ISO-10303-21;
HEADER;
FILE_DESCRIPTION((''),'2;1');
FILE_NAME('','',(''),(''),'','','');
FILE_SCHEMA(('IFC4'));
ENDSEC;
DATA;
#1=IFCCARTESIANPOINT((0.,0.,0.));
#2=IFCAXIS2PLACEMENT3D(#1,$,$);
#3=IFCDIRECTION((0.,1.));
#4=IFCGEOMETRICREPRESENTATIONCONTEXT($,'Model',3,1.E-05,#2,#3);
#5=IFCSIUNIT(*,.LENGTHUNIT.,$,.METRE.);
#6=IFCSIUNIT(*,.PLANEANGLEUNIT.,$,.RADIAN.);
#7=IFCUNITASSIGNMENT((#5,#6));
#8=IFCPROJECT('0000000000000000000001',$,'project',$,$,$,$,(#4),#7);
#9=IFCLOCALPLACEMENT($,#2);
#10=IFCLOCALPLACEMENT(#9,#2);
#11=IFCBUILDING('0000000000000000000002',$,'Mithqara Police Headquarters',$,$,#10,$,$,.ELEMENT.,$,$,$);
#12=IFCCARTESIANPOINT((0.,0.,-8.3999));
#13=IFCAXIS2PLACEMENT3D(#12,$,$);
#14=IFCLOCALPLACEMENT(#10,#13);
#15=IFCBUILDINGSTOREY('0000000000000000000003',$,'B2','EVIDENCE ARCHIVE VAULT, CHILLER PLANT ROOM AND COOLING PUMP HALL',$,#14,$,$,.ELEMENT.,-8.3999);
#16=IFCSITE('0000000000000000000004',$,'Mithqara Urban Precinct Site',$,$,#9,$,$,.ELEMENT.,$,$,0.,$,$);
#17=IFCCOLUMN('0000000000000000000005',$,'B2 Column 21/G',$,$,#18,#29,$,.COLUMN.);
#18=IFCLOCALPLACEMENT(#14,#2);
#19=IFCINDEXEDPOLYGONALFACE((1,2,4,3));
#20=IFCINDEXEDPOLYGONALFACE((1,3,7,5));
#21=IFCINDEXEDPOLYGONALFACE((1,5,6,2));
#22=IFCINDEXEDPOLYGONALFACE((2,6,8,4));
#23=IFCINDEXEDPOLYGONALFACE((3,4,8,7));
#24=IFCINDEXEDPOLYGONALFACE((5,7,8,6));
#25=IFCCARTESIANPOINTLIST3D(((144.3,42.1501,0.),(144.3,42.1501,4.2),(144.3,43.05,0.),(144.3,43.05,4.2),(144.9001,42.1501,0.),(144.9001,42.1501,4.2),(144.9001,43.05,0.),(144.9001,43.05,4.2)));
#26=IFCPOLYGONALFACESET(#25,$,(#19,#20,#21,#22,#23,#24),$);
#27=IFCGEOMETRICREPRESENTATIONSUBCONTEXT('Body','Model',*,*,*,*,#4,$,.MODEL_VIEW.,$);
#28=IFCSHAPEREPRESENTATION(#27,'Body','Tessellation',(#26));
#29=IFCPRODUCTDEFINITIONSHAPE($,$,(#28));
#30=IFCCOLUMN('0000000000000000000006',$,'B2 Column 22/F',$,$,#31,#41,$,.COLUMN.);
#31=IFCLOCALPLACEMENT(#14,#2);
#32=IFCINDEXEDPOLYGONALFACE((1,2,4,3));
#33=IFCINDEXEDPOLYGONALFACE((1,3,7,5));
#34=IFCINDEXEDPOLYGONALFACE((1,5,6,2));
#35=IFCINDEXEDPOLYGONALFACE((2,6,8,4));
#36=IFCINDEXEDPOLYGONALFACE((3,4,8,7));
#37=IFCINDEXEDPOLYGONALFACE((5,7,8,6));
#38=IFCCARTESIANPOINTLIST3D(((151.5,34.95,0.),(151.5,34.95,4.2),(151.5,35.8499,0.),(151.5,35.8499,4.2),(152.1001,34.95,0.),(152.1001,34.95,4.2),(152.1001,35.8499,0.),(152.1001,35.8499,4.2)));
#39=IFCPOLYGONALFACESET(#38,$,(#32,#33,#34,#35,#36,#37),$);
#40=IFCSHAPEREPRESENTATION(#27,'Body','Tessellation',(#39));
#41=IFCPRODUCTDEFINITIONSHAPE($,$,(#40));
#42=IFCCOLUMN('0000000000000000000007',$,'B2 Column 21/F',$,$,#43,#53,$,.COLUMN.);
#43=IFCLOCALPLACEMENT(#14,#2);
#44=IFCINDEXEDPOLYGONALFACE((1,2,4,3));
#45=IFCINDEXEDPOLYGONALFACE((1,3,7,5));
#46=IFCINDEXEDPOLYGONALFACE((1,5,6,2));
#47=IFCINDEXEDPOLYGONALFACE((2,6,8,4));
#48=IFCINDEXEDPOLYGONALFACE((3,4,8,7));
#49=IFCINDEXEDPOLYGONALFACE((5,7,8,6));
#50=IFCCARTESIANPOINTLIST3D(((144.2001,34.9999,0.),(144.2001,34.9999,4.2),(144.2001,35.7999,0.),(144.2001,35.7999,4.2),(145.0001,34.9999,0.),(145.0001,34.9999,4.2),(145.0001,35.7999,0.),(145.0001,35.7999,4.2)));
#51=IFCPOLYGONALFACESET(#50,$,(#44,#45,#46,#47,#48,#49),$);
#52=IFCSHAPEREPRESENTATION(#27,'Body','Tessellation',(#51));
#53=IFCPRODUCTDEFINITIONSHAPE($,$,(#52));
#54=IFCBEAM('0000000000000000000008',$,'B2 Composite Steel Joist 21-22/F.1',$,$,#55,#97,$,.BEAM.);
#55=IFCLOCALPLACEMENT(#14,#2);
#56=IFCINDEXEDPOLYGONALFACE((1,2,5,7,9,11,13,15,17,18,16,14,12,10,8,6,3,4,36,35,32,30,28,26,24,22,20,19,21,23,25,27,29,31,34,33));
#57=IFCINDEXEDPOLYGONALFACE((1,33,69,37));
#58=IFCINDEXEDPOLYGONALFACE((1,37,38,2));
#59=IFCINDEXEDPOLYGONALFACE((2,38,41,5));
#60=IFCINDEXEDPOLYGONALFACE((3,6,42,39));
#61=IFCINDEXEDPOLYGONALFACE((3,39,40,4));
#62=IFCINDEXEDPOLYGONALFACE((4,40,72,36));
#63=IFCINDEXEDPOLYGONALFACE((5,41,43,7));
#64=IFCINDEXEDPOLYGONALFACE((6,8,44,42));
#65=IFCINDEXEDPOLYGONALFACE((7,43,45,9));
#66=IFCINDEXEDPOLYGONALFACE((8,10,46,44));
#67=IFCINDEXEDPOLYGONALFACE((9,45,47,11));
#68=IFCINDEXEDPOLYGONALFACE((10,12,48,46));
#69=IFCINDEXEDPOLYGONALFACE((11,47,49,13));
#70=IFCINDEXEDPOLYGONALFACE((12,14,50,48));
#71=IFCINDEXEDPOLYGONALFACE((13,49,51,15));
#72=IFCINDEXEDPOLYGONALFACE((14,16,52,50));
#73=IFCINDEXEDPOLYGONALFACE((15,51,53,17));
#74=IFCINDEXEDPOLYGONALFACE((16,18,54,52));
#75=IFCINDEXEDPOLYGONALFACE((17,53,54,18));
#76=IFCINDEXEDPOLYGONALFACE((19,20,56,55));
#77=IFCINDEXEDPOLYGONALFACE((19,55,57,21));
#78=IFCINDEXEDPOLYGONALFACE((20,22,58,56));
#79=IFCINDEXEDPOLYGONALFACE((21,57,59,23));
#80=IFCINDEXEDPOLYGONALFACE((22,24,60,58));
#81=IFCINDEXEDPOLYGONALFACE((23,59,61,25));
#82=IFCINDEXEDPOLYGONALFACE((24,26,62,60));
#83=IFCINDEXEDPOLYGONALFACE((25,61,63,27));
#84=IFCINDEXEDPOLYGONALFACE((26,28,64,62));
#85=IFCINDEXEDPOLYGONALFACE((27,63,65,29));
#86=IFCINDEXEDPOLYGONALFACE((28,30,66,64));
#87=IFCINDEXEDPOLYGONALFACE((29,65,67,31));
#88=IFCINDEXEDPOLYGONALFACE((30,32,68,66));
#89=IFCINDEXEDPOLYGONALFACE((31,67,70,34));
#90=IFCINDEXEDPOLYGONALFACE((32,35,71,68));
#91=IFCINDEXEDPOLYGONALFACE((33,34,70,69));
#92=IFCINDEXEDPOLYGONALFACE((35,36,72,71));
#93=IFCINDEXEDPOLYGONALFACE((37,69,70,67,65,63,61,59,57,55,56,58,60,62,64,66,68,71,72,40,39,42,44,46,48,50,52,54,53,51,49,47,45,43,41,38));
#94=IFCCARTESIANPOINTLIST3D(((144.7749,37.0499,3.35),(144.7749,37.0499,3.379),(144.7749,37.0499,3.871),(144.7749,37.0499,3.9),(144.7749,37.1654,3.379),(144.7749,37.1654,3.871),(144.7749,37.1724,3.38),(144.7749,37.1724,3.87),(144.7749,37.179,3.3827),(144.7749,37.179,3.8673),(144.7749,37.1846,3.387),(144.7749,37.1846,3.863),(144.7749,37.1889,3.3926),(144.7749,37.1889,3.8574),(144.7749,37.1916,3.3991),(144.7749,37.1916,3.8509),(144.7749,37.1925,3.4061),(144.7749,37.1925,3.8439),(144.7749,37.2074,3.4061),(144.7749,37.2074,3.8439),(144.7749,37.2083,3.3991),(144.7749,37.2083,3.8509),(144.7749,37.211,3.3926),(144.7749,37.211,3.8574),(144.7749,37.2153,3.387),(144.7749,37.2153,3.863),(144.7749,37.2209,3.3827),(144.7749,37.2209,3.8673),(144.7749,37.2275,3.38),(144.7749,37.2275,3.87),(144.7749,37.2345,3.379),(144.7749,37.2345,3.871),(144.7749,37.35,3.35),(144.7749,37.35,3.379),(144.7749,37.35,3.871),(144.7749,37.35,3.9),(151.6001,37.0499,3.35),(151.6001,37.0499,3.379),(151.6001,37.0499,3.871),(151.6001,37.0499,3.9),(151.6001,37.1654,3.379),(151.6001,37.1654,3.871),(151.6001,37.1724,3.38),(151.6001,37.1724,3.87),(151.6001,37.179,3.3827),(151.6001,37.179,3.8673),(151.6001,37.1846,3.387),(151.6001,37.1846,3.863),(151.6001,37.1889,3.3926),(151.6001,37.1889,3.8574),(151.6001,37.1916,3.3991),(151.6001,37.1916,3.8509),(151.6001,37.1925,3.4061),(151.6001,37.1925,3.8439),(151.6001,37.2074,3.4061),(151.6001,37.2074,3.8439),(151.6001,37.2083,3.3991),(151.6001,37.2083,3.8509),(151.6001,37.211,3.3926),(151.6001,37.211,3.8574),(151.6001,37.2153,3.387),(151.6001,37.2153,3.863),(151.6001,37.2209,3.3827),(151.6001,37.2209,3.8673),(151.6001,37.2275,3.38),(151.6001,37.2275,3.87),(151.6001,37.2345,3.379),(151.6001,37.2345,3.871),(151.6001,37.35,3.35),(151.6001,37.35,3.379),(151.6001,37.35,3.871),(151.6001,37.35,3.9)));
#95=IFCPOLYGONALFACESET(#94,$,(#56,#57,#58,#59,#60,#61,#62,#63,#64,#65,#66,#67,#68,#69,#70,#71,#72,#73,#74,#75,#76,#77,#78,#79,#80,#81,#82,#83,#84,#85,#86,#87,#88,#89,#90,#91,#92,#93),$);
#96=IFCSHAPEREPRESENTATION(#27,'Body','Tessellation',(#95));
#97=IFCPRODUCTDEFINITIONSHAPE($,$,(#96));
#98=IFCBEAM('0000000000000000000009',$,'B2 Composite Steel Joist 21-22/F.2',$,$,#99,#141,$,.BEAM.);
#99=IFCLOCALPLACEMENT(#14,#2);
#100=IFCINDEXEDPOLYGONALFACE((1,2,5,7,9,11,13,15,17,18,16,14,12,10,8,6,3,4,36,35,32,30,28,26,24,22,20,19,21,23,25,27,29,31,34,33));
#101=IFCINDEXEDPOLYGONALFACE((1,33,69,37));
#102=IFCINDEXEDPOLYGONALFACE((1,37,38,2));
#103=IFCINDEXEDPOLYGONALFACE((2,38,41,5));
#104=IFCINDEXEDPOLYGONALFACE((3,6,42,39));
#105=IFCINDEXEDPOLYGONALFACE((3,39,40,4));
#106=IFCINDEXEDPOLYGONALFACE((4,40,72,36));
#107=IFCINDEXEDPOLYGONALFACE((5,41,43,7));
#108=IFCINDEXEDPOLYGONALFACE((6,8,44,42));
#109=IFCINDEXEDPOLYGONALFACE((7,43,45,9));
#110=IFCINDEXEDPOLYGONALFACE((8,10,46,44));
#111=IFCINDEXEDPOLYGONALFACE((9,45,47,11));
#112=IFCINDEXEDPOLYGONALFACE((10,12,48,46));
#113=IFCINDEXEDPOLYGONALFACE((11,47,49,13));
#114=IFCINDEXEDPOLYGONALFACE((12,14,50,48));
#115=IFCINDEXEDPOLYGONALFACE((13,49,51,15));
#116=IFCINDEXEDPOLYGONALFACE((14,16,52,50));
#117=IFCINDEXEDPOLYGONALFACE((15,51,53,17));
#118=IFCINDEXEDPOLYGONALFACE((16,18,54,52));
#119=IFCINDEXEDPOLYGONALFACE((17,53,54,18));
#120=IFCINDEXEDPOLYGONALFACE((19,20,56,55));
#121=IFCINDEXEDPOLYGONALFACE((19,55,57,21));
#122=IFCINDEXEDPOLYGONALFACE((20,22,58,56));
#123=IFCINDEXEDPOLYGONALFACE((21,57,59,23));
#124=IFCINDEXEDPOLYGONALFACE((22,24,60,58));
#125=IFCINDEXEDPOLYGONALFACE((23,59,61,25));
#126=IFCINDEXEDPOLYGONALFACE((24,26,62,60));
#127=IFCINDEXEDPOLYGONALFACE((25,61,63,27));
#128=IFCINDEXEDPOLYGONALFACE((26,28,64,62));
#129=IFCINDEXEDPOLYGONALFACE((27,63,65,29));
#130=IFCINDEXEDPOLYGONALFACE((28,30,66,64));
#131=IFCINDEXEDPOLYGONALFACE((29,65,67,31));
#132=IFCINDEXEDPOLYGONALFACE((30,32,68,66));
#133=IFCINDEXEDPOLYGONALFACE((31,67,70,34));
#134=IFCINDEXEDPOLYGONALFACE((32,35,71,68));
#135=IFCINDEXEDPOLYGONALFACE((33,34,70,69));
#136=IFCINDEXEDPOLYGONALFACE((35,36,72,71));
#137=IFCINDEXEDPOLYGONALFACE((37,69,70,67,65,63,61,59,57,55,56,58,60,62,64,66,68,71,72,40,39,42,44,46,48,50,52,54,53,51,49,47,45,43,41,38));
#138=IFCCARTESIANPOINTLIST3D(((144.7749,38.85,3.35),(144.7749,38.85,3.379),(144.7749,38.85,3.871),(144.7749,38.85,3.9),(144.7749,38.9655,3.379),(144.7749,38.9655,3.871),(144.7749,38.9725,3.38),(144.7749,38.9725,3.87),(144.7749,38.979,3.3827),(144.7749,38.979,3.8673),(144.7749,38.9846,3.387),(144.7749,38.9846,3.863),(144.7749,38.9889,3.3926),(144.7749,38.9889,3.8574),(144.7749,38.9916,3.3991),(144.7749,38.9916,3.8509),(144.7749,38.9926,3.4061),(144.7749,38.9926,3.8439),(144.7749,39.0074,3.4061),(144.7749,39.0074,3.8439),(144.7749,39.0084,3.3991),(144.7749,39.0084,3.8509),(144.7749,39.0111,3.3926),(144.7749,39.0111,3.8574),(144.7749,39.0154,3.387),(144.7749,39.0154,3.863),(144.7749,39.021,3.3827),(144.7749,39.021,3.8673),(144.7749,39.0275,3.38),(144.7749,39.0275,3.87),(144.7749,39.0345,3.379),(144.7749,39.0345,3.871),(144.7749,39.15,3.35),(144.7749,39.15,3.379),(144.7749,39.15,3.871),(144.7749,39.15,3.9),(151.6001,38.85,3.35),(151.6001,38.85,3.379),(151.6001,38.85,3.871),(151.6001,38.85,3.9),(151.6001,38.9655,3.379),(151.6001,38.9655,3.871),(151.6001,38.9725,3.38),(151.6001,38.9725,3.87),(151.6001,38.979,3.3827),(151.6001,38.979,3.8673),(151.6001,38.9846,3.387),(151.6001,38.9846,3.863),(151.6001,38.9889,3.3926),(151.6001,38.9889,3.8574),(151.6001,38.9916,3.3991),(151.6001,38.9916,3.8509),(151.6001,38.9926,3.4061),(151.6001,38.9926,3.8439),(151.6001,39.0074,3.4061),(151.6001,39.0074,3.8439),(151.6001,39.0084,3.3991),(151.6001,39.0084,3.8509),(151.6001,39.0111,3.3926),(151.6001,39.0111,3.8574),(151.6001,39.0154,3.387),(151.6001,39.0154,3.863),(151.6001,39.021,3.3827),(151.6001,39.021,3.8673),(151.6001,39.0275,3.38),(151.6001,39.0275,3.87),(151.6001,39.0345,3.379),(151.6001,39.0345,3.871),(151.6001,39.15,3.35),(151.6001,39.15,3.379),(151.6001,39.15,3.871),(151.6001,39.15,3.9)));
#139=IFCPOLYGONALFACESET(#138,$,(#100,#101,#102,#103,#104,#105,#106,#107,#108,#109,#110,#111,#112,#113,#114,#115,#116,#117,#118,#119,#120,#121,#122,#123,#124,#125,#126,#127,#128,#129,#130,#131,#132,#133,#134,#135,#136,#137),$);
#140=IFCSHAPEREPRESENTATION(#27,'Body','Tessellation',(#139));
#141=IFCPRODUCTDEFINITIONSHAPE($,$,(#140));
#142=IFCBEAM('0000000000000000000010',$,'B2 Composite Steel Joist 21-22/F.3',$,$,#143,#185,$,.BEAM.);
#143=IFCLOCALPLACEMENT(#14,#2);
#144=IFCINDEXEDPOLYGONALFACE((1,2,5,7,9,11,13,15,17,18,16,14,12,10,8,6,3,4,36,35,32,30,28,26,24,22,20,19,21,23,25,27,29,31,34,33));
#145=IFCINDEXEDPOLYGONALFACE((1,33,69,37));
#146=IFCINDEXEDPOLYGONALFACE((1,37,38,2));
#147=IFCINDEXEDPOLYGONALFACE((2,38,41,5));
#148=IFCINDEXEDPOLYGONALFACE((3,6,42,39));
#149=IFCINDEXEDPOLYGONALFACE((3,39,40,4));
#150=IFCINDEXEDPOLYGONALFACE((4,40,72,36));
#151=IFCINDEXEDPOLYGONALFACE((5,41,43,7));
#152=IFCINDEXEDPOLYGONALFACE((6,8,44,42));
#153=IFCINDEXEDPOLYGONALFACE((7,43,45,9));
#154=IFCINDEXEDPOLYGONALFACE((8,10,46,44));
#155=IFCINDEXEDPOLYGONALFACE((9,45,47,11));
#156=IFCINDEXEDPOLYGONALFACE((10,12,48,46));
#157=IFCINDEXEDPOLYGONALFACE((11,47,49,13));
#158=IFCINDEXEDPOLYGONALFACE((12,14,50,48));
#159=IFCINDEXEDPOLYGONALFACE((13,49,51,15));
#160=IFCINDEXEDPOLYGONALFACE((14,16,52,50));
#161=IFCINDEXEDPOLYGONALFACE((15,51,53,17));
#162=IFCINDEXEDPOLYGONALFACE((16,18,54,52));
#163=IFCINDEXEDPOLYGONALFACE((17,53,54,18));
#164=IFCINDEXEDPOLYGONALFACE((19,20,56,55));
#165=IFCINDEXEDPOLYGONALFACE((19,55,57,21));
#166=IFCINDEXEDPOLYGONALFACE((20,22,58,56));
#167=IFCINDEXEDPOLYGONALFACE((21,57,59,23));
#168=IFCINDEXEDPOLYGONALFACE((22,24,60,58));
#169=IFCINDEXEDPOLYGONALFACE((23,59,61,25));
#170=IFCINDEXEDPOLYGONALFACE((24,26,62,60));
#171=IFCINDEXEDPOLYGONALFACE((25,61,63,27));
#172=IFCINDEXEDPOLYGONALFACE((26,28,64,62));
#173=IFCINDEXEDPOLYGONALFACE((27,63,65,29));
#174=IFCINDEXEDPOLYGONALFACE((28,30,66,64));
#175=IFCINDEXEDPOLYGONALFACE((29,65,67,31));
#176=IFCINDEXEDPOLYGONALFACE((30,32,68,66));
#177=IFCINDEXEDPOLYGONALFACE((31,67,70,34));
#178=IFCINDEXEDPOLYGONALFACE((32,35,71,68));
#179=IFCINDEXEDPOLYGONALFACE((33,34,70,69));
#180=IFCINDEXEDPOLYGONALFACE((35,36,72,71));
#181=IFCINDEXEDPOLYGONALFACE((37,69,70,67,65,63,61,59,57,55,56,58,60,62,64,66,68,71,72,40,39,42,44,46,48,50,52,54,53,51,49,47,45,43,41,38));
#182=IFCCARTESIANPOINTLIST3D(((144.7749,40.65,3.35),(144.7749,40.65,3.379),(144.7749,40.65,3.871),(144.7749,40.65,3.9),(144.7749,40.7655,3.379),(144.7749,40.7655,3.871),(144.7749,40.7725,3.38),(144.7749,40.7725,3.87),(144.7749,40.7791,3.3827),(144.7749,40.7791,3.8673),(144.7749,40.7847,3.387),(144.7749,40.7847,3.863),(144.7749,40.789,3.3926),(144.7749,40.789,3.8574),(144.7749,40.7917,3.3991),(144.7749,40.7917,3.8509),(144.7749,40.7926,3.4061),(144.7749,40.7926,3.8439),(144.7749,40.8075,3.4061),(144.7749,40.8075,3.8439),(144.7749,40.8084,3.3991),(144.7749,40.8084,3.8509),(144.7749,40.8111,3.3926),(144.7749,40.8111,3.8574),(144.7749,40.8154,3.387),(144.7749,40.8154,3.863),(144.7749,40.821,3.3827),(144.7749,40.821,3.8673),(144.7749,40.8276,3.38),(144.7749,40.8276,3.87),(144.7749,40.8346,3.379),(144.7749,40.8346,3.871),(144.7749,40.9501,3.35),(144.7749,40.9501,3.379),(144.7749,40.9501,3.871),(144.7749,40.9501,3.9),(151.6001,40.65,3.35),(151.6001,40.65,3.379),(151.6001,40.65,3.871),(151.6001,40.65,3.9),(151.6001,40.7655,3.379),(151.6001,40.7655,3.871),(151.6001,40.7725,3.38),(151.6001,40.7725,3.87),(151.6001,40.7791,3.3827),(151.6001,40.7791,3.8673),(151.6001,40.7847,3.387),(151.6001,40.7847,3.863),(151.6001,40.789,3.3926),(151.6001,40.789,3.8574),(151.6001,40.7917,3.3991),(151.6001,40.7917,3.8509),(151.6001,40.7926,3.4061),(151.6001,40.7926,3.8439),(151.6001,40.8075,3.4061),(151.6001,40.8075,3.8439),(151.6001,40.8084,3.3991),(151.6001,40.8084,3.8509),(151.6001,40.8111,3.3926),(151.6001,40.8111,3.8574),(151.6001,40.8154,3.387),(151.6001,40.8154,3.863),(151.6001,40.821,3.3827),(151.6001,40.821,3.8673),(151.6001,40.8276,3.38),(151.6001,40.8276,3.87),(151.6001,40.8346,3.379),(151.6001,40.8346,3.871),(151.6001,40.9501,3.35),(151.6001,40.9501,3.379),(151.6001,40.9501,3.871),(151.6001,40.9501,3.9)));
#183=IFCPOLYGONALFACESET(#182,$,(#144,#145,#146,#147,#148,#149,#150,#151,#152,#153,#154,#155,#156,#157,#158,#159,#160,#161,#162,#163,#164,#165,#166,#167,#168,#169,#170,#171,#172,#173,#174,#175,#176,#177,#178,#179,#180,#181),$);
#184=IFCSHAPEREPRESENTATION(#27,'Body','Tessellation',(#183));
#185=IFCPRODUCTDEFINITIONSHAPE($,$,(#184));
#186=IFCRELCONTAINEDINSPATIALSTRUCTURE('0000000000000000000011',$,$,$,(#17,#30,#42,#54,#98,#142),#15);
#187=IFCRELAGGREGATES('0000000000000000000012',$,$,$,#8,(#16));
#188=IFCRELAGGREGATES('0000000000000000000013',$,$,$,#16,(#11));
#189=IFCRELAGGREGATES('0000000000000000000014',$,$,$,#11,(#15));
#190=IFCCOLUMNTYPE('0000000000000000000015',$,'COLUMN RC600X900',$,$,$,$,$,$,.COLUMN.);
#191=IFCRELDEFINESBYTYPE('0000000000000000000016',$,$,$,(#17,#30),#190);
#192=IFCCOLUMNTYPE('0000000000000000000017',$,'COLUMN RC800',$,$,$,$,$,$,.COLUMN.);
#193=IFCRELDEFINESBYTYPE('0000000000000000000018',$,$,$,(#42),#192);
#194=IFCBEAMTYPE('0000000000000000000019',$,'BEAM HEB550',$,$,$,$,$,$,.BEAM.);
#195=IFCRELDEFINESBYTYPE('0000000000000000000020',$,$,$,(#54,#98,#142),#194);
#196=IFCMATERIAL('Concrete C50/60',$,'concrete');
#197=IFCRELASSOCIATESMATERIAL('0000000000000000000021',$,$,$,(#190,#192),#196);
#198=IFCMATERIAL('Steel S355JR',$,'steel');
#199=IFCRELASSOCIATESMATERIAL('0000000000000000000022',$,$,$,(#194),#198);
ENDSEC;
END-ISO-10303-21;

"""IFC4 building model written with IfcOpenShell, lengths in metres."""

from ifc_helpers import new_model, si_unit, direction, frame, origin, origin_2d, place, context, subcontext, project, spatial, rectangle, i_section, extrude, material, material_profile, profile_set, type_object, element, save


model = new_model("IFC4")

# Units and contexts
model_context = context("Model", 3, precision=1e-05, world=origin(), true_north=direction((0.0, 1.0)))
body_context = subcontext(model_context, "Body", "Model", "MODEL_VIEW")
ifc_project = project(units=[si_unit("LENGTHUNIT", "METRE"), si_unit("PLANEANGLEUNIT", "RADIAN")], contexts=[model_context])

# Site, building, storey
site_placement = place(None, origin())
site = spatial("IfcSite", under=ifc_project, at=site_placement, Name="Mithqara Urban Precinct Site", CompositionType="ELEMENT", RefElevation=0.0)
building_placement = place(site_placement, origin())
building = spatial("IfcBuilding", under=site, at=building_placement, Name="Mithqara Police Headquarters", CompositionType="ELEMENT")
storey_placement = place(building_placement, frame((0.0, 0.0, -8.3999)))
storey = spatial("IfcBuildingStorey", under=building, at=storey_placement, Name="B2", Description="EVIDENCE ARCHIVE VAULT, CHILLER PLANT ROOM AND COOLING PUMP HALL", CompositionType="ELEMENT", Elevation=-8.3999)

# Columns
ifc_material_1 = material(Name="Concrete C50/60", Category="concrete")
ifc_material_profile_1 = material_profile(ifc_material_1, rectangle(XDim=0.6001, YDim=0.8999, at=origin_2d()), Name="RC 600x900")
ifc_profile_set_1 = profile_set([ifc_material_profile_1], Name="Concrete C50/60")
column_type_1 = type_object("IfcColumnType", Name="COLUMN RC600X900", PredefinedType="COLUMN", material=ifc_profile_set_1)
for number, where, z_axis, x_axis, name in (
    (1, (144.6001, 42.6001, 0.0), (0.0, 0.0, 1.0), (1.0, 0.0, 0.0), "B2 Column 21/G"),
    (2, (151.8, 35.3999, 0.0), (0.0, 0.0, 1.0), (1.0, 0.0, 0.0), "B2 Column 22/F"),
):
    element("IfcColumn", number, at=place(storey_placement, frame(where, z_axis=z_axis, x_axis=x_axis)), inside=storey, type_object=column_type_1, Name=name, PredefinedType="COLUMN", context=body_context, shape_type="SweptSolid", body=[
        extrude(rectangle(XDim=0.6001, YDim=0.8999, at=origin_2d()), origin(), (0.0, 0.0, 1.0), 4.2),
    ])
ifc_material_profile_2 = material_profile(ifc_material_1, rectangle(XDim=0.8, YDim=0.8, at=origin_2d()), Name="RC 800x800")
ifc_profile_set_2 = profile_set([ifc_material_profile_2], Name="Concrete C50/60")
column_type_2 = type_object("IfcColumnType", Name="COLUMN RC800", PredefinedType="COLUMN", material=ifc_profile_set_2)
column_placement = place(storey_placement, frame((144.6001, 35.3999, 0.0), z_axis=(0.0, 0.0, 1.0), x_axis=(1.0, 0.0, 0.0)))
element("IfcColumn", 3, at=column_placement, inside=storey, type_object=column_type_2, Name="B2 Column 21/F", PredefinedType="COLUMN", context=body_context, shape_type="SweptSolid", body=[
    extrude(rectangle(XDim=0.8, YDim=0.8, at=origin_2d()), origin(), (0.0, 0.0, 1.0), 4.2),
])

# Beams
ifc_material_2 = material(Name="Steel S355JR", Category="steel")
ifc_material_profile_3 = material_profile(ifc_material_2, i_section(OverallWidth=0.3, OverallDepth=0.55, WebThickness=0.0149, FlangeThickness=0.0291, FilletRadius=0.0271, at=origin_2d()), Name="HEB 550")
ifc_profile_set_3 = profile_set([ifc_material_profile_3], Name="Steel S355JR")
beam_type_1 = type_object("IfcBeamType", Name="BEAM HEB550", PredefinedType="BEAM", material=ifc_profile_set_3)
for number, where, z_axis, x_axis, name in (
    (4, (144.7749, 37.2, 3.625), (1.0, 0.0, 0.0), (0.0, 1.0, 0.0), "B2 Composite Steel Joist 21-22/F.1"),
    (5, (144.7749, 39.0, 3.625), (1.0, 0.0, 0.0), (0.0, 1.0, 0.0), "B2 Composite Steel Joist 21-22/F.2"),
    (6, (144.7749, 40.8, 3.625), (1.0, 0.0, 0.0), (0.0, 1.0, 0.0), "B2 Composite Steel Joist 21-22/F.3"),
):
    element("IfcBeam", number, at=place(storey_placement, frame(where, z_axis=z_axis, x_axis=x_axis)), inside=storey, type_object=beam_type_1, Name=name, PredefinedType="BEAM", context=body_context, shape_type="SweptSolid", body=[
        extrude(i_section(OverallWidth=0.3, OverallDepth=0.55, WebThickness=0.0149, FlangeThickness=0.0291, FilletRadius=0.0271, at=origin_2d()), origin(), (0.0, 0.0, 1.0), 6.8252),
    ])

save(model, "model.ifc")
